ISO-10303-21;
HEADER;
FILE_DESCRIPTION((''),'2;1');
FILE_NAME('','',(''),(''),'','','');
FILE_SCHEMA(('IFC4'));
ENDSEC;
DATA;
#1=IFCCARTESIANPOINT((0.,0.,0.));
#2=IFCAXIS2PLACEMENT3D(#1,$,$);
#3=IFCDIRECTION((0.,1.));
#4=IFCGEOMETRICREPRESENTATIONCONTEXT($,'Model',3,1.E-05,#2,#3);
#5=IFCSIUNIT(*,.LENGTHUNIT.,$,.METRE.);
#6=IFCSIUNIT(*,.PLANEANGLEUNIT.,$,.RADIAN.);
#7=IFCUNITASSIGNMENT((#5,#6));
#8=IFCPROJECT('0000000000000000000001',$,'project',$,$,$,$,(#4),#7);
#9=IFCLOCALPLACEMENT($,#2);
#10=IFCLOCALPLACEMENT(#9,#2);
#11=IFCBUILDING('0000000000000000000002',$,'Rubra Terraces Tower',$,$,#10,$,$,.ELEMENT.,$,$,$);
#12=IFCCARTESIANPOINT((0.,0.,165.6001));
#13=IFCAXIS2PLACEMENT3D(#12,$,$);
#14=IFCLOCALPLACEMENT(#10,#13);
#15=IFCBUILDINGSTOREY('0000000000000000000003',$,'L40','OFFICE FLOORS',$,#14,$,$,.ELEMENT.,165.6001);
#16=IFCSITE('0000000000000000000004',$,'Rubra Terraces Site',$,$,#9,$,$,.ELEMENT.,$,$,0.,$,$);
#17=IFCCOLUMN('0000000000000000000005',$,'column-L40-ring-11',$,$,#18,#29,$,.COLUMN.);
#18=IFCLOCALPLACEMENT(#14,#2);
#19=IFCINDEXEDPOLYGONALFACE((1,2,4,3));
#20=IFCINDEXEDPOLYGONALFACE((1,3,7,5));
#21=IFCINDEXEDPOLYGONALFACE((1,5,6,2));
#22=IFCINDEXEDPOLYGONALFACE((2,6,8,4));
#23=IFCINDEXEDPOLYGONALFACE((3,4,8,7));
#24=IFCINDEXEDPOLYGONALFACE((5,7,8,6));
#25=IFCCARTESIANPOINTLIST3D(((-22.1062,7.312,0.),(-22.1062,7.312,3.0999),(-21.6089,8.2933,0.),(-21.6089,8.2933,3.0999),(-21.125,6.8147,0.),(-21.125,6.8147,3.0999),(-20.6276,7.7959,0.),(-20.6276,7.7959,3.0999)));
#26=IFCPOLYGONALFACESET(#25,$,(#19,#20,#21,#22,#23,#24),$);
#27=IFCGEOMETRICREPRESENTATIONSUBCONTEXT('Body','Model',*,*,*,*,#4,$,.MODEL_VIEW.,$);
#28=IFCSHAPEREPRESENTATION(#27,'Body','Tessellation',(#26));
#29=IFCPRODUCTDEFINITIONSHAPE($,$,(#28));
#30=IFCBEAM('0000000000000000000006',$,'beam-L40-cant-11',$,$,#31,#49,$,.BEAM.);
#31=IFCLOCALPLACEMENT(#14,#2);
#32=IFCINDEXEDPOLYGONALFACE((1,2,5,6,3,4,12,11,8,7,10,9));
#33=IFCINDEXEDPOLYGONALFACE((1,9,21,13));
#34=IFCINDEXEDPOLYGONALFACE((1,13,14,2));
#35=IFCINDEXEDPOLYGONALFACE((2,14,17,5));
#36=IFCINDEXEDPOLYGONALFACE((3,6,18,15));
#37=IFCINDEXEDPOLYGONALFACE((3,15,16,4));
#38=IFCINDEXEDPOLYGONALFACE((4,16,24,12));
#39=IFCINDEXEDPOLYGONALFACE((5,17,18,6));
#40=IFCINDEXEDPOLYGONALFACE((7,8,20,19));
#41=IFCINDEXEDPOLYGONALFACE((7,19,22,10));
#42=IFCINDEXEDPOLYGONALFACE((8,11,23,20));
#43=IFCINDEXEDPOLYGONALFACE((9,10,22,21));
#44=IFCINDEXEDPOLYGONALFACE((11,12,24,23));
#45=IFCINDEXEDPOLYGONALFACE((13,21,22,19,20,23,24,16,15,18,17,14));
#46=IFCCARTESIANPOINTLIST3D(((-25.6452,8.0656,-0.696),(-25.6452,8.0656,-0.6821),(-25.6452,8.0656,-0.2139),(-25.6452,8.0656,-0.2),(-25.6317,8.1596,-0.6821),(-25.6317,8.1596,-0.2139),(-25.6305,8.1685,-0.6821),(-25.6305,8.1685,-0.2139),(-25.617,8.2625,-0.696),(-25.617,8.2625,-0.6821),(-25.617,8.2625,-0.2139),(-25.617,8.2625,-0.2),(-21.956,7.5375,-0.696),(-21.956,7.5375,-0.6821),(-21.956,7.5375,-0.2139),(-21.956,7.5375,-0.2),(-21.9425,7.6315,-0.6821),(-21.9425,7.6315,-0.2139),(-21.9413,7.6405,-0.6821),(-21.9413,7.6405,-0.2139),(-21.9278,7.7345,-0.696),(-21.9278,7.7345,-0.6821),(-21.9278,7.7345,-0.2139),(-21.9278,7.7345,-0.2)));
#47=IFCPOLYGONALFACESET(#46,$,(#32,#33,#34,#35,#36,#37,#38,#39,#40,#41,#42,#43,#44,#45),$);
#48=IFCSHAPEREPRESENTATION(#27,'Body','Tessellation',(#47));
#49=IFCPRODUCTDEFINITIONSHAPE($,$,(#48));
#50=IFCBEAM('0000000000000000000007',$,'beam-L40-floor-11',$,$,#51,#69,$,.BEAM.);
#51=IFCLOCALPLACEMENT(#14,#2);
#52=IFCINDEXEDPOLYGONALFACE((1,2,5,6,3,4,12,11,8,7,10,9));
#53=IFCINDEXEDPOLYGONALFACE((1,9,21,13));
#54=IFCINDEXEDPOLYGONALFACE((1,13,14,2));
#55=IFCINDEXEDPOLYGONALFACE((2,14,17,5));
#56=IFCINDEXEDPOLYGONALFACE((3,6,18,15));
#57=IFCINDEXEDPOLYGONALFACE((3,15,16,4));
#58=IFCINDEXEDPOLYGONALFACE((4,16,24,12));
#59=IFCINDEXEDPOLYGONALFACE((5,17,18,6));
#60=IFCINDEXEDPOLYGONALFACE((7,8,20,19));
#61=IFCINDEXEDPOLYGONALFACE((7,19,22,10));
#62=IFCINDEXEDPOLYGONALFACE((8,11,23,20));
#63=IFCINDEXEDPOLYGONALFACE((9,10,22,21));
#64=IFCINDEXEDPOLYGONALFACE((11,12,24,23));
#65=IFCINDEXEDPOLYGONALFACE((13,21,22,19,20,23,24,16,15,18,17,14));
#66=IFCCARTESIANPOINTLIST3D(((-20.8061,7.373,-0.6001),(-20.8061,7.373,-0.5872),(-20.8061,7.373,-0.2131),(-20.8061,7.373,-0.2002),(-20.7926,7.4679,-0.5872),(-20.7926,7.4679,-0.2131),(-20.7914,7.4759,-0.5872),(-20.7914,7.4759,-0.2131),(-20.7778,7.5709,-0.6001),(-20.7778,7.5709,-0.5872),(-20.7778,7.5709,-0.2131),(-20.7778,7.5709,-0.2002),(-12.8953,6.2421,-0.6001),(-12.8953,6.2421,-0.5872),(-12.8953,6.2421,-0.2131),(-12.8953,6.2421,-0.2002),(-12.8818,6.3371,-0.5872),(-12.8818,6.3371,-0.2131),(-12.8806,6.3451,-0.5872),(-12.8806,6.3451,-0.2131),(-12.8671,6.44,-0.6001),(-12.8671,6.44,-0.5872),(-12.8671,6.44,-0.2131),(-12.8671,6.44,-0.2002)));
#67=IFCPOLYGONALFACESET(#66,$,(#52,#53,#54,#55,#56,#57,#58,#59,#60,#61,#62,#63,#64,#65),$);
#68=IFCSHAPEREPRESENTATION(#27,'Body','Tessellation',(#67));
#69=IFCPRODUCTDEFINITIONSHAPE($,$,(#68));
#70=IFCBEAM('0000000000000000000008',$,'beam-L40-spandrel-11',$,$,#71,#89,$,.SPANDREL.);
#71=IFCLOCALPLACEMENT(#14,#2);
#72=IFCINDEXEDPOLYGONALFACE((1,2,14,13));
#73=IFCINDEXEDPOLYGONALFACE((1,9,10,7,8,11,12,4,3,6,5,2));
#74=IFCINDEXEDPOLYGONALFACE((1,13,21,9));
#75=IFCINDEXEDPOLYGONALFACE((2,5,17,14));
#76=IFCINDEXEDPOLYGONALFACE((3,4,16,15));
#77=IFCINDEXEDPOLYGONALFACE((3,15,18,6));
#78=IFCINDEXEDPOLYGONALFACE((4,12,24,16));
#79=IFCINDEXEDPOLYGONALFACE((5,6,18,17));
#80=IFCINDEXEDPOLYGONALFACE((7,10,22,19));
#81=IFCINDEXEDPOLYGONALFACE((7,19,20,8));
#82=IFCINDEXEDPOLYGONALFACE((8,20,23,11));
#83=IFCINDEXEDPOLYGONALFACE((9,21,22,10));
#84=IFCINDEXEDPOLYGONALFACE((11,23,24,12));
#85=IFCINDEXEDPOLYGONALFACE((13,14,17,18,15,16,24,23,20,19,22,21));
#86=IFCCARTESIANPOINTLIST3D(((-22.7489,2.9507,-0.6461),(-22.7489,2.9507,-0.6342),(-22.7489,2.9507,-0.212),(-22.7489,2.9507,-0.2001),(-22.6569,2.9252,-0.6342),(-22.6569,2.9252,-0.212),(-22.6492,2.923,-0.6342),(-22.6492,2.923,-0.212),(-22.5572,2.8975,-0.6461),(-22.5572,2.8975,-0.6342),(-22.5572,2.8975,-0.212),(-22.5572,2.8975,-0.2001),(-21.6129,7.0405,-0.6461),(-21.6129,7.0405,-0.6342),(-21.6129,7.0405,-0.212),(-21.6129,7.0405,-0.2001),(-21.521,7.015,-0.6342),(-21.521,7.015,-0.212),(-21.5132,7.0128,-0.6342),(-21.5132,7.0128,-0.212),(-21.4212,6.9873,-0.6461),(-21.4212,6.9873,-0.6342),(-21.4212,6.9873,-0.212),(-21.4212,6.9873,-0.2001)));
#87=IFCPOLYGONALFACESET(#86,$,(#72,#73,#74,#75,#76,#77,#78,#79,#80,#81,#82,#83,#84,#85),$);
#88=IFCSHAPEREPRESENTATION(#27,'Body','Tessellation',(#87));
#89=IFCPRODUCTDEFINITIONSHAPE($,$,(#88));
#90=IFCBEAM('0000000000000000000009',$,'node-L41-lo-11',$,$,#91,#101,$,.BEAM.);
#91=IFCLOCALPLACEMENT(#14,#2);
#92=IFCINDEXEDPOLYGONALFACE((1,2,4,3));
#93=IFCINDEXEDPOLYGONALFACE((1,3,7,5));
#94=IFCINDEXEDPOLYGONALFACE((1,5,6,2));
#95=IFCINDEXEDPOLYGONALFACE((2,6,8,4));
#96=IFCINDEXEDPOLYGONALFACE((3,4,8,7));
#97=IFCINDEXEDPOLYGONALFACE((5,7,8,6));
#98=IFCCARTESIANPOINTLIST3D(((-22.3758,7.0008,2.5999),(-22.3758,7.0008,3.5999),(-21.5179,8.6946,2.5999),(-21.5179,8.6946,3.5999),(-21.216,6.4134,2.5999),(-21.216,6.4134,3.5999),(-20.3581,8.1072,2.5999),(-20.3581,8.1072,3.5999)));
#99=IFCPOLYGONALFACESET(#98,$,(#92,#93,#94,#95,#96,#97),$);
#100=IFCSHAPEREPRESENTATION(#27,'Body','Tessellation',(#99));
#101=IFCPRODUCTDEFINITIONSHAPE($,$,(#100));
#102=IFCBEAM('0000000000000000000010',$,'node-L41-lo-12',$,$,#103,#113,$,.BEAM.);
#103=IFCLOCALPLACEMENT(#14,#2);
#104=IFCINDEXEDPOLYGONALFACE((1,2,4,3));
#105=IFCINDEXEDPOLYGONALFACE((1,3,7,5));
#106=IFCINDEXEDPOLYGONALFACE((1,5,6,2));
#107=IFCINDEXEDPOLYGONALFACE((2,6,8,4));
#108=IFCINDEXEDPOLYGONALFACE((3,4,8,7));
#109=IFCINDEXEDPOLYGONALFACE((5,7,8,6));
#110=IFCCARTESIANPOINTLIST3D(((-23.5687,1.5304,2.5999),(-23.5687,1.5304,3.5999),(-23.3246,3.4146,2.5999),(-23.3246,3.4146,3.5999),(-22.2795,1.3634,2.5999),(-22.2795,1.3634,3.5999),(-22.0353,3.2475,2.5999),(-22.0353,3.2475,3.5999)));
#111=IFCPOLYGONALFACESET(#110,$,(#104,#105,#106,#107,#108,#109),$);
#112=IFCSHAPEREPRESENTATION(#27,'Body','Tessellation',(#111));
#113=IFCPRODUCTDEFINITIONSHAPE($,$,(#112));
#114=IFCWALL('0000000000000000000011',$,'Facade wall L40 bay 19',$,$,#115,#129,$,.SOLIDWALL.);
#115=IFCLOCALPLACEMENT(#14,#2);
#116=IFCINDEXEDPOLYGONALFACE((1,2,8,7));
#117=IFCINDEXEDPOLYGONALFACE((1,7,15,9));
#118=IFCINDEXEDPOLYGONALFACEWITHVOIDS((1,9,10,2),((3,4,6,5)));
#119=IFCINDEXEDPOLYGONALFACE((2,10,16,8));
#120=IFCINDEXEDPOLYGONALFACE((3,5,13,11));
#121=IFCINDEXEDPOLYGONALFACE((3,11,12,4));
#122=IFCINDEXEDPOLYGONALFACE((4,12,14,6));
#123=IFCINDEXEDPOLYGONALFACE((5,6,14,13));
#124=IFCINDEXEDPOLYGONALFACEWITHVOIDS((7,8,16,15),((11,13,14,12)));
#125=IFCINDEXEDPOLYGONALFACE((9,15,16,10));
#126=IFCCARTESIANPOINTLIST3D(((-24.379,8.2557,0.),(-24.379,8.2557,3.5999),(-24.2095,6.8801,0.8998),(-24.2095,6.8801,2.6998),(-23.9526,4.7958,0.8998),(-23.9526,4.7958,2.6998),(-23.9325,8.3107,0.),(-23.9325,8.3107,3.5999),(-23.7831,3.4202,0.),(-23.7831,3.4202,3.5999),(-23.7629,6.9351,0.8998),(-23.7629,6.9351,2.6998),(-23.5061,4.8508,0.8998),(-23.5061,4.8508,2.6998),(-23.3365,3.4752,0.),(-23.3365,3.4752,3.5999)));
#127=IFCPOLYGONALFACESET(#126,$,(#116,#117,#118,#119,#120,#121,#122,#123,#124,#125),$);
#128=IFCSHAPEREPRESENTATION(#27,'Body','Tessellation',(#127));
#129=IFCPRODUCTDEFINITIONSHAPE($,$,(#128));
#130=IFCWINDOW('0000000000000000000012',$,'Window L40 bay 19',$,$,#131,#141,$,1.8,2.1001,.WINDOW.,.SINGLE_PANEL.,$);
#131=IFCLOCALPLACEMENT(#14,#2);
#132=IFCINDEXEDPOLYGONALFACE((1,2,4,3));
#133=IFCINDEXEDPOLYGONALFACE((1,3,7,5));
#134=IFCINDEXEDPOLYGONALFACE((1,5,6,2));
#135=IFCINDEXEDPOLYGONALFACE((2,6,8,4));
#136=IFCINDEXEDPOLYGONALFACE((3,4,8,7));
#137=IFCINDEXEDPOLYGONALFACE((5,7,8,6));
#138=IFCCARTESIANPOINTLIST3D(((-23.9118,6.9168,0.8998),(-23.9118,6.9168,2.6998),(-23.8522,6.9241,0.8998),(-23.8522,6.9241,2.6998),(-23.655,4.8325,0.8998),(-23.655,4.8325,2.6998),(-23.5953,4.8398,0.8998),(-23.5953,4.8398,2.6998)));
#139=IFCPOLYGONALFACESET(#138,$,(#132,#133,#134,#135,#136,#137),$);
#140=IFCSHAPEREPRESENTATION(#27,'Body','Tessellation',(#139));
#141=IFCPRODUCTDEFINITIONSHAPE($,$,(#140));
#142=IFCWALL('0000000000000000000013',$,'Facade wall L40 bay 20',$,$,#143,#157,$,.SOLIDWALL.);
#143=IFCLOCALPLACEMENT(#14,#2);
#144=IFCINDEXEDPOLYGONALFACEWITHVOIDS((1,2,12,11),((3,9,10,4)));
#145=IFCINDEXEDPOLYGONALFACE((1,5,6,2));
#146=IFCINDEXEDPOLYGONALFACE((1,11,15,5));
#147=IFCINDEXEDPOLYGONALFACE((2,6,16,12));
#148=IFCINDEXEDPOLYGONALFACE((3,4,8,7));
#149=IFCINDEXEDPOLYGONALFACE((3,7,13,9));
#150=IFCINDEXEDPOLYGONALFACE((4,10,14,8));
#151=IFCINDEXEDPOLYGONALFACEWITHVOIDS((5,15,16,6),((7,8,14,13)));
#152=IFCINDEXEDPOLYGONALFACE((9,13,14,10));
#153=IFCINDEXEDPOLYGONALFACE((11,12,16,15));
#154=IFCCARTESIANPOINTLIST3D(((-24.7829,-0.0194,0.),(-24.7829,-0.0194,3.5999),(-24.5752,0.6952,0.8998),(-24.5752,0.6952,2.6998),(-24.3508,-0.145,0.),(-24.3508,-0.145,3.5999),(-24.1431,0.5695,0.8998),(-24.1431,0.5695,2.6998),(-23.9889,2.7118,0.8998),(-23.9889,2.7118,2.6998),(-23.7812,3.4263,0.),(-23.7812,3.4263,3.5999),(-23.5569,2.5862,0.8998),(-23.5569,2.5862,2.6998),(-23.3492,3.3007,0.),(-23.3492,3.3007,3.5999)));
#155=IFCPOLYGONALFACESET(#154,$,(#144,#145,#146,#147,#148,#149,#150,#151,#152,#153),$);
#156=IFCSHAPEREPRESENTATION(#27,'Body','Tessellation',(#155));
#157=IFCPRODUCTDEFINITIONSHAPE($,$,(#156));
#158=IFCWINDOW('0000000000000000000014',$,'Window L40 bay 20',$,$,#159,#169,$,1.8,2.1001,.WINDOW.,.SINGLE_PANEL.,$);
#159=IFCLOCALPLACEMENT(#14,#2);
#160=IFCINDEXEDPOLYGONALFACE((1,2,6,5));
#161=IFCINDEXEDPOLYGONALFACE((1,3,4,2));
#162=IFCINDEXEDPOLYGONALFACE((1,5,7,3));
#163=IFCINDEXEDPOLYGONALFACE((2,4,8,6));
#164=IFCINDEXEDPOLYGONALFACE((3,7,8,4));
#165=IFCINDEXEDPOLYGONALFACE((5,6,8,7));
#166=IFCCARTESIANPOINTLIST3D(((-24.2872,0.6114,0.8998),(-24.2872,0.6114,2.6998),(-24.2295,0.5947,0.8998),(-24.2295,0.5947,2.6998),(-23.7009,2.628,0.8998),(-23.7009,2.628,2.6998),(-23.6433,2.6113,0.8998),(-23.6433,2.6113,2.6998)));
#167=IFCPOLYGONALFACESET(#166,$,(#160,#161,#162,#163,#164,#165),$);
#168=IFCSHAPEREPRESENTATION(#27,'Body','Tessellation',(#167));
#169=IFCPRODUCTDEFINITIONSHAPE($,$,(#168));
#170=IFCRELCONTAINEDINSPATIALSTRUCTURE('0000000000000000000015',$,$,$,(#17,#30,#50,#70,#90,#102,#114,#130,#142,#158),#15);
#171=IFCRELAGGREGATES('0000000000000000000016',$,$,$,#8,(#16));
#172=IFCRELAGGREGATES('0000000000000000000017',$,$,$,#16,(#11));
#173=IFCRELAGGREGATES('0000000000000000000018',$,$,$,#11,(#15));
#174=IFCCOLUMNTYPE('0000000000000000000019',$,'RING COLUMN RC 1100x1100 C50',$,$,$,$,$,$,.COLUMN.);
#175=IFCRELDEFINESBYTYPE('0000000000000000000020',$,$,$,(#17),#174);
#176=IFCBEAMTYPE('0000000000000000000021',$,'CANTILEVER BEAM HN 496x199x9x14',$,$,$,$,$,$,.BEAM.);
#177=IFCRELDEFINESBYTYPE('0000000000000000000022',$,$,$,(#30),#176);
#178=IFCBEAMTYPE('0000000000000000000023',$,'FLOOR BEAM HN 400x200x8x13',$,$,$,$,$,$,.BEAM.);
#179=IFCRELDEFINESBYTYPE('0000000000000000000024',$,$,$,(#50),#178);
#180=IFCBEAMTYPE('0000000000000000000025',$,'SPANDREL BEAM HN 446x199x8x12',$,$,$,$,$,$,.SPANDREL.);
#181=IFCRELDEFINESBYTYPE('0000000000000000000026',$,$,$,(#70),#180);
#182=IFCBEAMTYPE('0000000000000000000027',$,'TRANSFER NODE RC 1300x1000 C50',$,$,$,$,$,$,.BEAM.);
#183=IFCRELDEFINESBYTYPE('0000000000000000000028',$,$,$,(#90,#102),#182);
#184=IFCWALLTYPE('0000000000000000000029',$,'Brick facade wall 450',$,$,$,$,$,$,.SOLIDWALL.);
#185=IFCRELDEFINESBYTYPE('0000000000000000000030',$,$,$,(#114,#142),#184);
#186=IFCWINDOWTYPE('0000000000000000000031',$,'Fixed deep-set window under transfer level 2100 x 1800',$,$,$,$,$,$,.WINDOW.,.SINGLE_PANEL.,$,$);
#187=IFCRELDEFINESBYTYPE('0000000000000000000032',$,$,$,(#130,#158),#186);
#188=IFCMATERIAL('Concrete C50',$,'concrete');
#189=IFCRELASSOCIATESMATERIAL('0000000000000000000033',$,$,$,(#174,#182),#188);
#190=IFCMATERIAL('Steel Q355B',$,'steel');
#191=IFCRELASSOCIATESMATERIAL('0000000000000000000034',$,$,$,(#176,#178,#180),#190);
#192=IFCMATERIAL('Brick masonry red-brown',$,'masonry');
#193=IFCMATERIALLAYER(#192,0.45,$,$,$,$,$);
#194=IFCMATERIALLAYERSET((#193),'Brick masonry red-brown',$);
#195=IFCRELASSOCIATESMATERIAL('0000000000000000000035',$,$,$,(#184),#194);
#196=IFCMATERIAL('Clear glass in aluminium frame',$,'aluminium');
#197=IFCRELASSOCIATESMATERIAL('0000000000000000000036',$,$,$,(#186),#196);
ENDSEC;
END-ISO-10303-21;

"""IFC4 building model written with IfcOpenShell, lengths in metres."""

from ifc_helpers import new_model, si_unit, direction, frame, frame_2d, origin, origin_2d, place, context, subcontext, project, spatial, rectangle, i_section, extrude, material, layer, layer_set, material_profile, profile_set, type_object, element, fill, save


model = new_model("IFC4")

# Units and contexts
model_context = context("Model", 3, precision=1e-05, world=origin(), true_north=direction((0.0, 1.0)))
body_context = subcontext(model_context, "Body", "Model", "MODEL_VIEW")
ifc_project = project(units=[si_unit("LENGTHUNIT", "METRE"), si_unit("PLANEANGLEUNIT", "RADIAN")], contexts=[model_context])

# Site, building, storey
site_placement = place(None, origin())
site = spatial("IfcSite", under=ifc_project, at=site_placement, Name="Rubra Terraces Site", CompositionType="ELEMENT", RefElevation=0.0)
building_placement = place(site_placement, origin())
building = spatial("IfcBuilding", under=site, at=building_placement, Name="Rubra Terraces Tower", CompositionType="ELEMENT")
storey_placement = place(building_placement, frame((0.0, 0.0, 165.6001)))
storey = spatial("IfcBuildingStorey", under=building, at=storey_placement, Name="L40", Description="OFFICE FLOORS", CompositionType="ELEMENT", Elevation=165.6001)

# Column
ifc_material_1 = material(Name="Concrete C50", Category="concrete")
ifc_material_profile_1 = material_profile(ifc_material_1, rectangle(XDim=1.1001, YDim=1.1001, at=origin_2d()), Name="RC 1100x1100")
ifc_profile_set_1 = profile_set([ifc_material_profile_1], Name="Concrete C50")
column_type = type_object("IfcColumnType", Name="RING COLUMN RC 1100x1100 C50", PredefinedType="COLUMN", material=ifc_profile_set_1)
column_placement = place(storey_placement, frame((-21.3669, 7.554, 0.0), z_axis=(0.0, 0.0, 1.0), x_axis=(-0.452079, -0.891978, 0.0)))
element("IfcColumn", 1, at=column_placement, inside=storey, type_object=column_type, Name="column-L40-ring-11", PredefinedType="COLUMN", context=body_context, shape_type="SweptSolid", body=[
    extrude(rectangle(XDim=1.1001, YDim=1.1001, at=origin_2d()), origin(), (0.0, 0.0, 1.0), 3.0999),
])

# Beams
ifc_material_2 = material(Name="Steel Q355B", Category="steel")
ifc_material_profile_2 = material_profile(ifc_material_2, i_section(OverallWidth=0.199, OverallDepth=0.4961, WebThickness=0.009, FlangeThickness=0.0139, at=origin_2d()), Name="HN 496x199x9x14")
ifc_profile_set_2 = profile_set([ifc_material_profile_2], Name="Steel Q355B")
beam_type_1 = type_object("IfcBeamType", Name="CANTILEVER BEAM HN 496x199x9x14", PredefinedType="BEAM", material=ifc_profile_set_2)
beam_1_placement = place(storey_placement, frame((-21.9419, 7.636, -0.448), z_axis=(-0.98991, 0.141696, 0.0), x_axis=(-0.141696, -0.98991, 0.0)))
element("IfcBeam", 2, at=beam_1_placement, inside=storey, type_object=beam_type_1, Name="beam-L40-cant-11", PredefinedType="BEAM", context=body_context, shape_type="SweptSolid", body=[
    extrude(i_section(OverallWidth=0.199, OverallDepth=0.4961, WebThickness=0.009, FlangeThickness=0.0139, at=origin_2d()), origin(), (0.0, 0.0, 1.0), 3.7268),
])
ifc_material_profile_3 = material_profile(ifc_material_2, i_section(OverallWidth=0.2, OverallDepth=0.3999, WebThickness=0.0081, FlangeThickness=0.0129, at=origin_2d()), Name="HN 400x200x8x13")
ifc_profile_set_3 = profile_set([ifc_material_profile_3], Name="Steel Q355B")
beam_type_2 = type_object("IfcBeamType", Name="FLOOR BEAM HN 400x200x8x13", PredefinedType="BEAM", material=ifc_profile_set_3)
beam_2_placement = place(storey_placement, frame((-20.792, 7.4719, -0.4001), z_axis=(0.989937, -0.141511, 0.0), x_axis=(0.141511, 0.989937, 0.0)))
element("IfcBeam", 3, at=beam_2_placement, inside=storey, type_object=beam_type_2, Name="beam-L40-floor-11", PredefinedType="BEAM", context=body_context, shape_type="SweptSolid", body=[
    extrude(i_section(OverallWidth=0.2, OverallDepth=0.3999, WebThickness=0.0081, FlangeThickness=0.0129, at=origin_2d()), origin(), (0.0, 0.0, 1.0), 7.9912),
])
ifc_material_profile_4 = material_profile(ifc_material_2, i_section(OverallWidth=0.199, OverallDepth=0.446, WebThickness=0.0081, FlangeThickness=0.012, at=origin_2d()), Name="HN 446x199x8x12")
ifc_profile_set_4 = profile_set([ifc_material_profile_4], Name="Steel Q355B")
beam_type_3 = type_object("IfcBeamType", Name="SPANDREL BEAM HN 446x199x8x12", PredefinedType="SPANDREL", material=ifc_profile_set_4)
beam_3_placement = place(storey_placement, frame((-21.5171, 7.0139, -0.4231), z_axis=(-0.267626, -0.963523, 0.0), x_axis=(0.963523, -0.267626, 0.0)))
element("IfcBeam", 4, at=beam_3_placement, inside=storey, type_object=beam_type_3, Name="beam-L40-spandrel-11", PredefinedType="SPANDREL", context=body_context, shape_type="SweptSolid", body=[
    extrude(i_section(OverallWidth=0.199, OverallDepth=0.446, WebThickness=0.0081, FlangeThickness=0.012, at=origin_2d()), origin(), (0.0, 0.0, 1.0), 4.2446),
])
ifc_material_profile_5 = material_profile(ifc_material_1, rectangle(XDim=1.3, YDim=1.0, at=origin_2d()), Name="RC 1300x1000")
ifc_profile_set_5 = profile_set([ifc_material_profile_5], Name="Concrete C50")
beam_type_4 = type_object("IfcBeamType", Name="TRANSFER NODE RC 1300x1000 C50", PredefinedType="BEAM", material=ifc_profile_set_5)
beam_4_placement = place(storey_placement, frame((-20.938, 8.4009, 3.0999), z_axis=(-0.451837, -0.892101, 0.0), x_axis=(0.892101, -0.451837, 0.0)))
element("IfcBeam", 5, at=beam_4_placement, inside=storey, type_object=beam_type_4, Name="node-L41-lo-11", PredefinedType="BEAM", context=body_context, shape_type="SweptSolid", body=[
    extrude(rectangle(XDim=1.3, YDim=1.0, at=origin_2d()), origin(), (0.0, 0.0, 1.0), 1.8987),
])
beam_5_placement = place(storey_placement, frame((-22.6799, 3.3311, 3.0999), z_axis=(-0.12851, -0.991708, 0.0), x_axis=(0.991708, -0.12851, 0.0)))
element("IfcBeam", 6, at=beam_5_placement, inside=storey, type_object=beam_type_4, Name="node-L41-lo-12", PredefinedType="BEAM", context=body_context, shape_type="SweptSolid", body=[
    extrude(rectangle(XDim=1.3, YDim=1.0, at=origin_2d()), origin(), (0.0, 0.0, 1.0), 1.8999),
])

# Walls, openings, windows
ifc_material_3 = material(Name="Brick masonry red-brown", Category="masonry")
ifc_layer_1 = layer(ifc_material_3, 0.45)
ifc_layer_set_1 = layer_set([ifc_layer_1], Name="Brick masonry red-brown")
wall_type_1 = type_object("IfcWallType", Name="Brick facade wall 450", PredefinedType="SOLIDWALL", material=ifc_layer_set_1)
wall_1_placement = place(storey_placement, frame((-24.1558, 8.2832, 0.0), z_axis=(0.0, 0.0, 1.0), x_axis=(0.12232, -0.992491, 0.0)))
wall_1 = element("IfcWall", 7, at=wall_1_placement, inside=storey, type_object=wall_type_1, Name="Facade wall L40 bay 19", PredefinedType="SOLIDWALL", context=body_context, shape_type="SweptSolid", body=[
    extrude(rectangle(XDim=4.8721, YDim=0.45, at=frame_2d((2.436, 0.0))), origin(), (0.0, 0.0, 1.0), 3.5999),
])
opening_1_placement = place(wall_1_placement, frame((1.386, 0.0, 0.8999)))
opening_1 = element("IfcOpeningElement", 8, at=opening_1_placement, cuts=wall_1, PredefinedType="OPENING", context=body_context, shape_type="SweptSolid", body=[
    extrude(rectangle(XDim=2.1001, YDim=1.8, at=frame_2d((1.05, 0.8999))), frame((0.0, 0.2349, 0.0), z_axis=(0.0, -1.0, 0.0), x_axis=(1.0, 0.0, 0.0)), (0.0, 0.0, 1.0), 0.47),
])
ifc_material_4 = material(Name="Clear glass in aluminium frame", Category="aluminium")
window_type = type_object("IfcWindowType", Name="Fixed deep-set window under transfer level 2100 x 1800", PartitioningType="SINGLE_PANEL", PredefinedType="WINDOW", material=ifc_material_4)
window_1_placement = place(opening_1_placement, origin())
window_1 = element("IfcWindow", 9, at=window_1_placement, inside=storey, type_object=window_type, Name="Window L40 bay 19", OverallHeight=1.8, OverallWidth=2.1001, PartitioningType="SINGLE_PANEL", PredefinedType="WINDOW", context=body_context, shape_type="SweptSolid", body=[
    extrude(rectangle(XDim=2.1001, YDim=1.8, at=frame_2d((1.05, 0.8999))), frame((0.0, 0.135, 0.0), z_axis=(0.0, -1.0, 0.0), x_axis=(1.0, 0.0, 0.0)), (0.0, 0.0, 1.0), 0.0601),
])
fill(opening_1, window_1)
wall_2_placement = place(storey_placement, frame((-23.5652, 3.3635, 0.0), z_axis=(0.0, 0.0, 1.0), x_axis=(-0.279148, -0.960248, 0.0)))
wall_2 = element("IfcWall", 10, at=wall_2_placement, inside=storey, type_object=wall_type_1, Name="Facade wall L40 bay 20", PredefinedType="SOLIDWALL", context=body_context, shape_type="SweptSolid", body=[
    extrude(rectangle(XDim=3.5884, YDim=0.45, at=frame_2d((1.7942, 0.0))), origin(), (0.0, 0.0, 1.0), 3.5999),
])
opening_2_placement = place(wall_2_placement, frame((0.7441, 0.0, 0.8999)))
opening_2 = element("IfcOpeningElement", 11, at=opening_2_placement, cuts=wall_2, PredefinedType="OPENING", context=body_context, shape_type="SweptSolid", body=[
    extrude(rectangle(XDim=2.1001, YDim=1.8, at=frame_2d((1.05, 0.8999))), frame((0.0, 0.2349, 0.0), z_axis=(0.0, -1.0, 0.0), x_axis=(1.0, 0.0, 0.0)), (0.0, 0.0, 1.0), 0.47),
])
window_2_placement = place(opening_2_placement, origin())
window_2 = element("IfcWindow", 12, at=window_2_placement, inside=storey, type_object=window_type, Name="Window L40 bay 20", OverallHeight=1.8, OverallWidth=2.1001, PartitioningType="SINGLE_PANEL", PredefinedType="WINDOW", context=body_context, shape_type="SweptSolid", body=[
    extrude(rectangle(XDim=2.1001, YDim=1.8, at=frame_2d((1.05, 0.8999))), frame((0.0, 0.135, 0.0), z_axis=(0.0, -1.0, 0.0), x_axis=(1.0, 0.0, 0.0)), (0.0, 0.0, 1.0), 0.0601),
])
fill(opening_2, window_2)

save(model, "model.ifc")
